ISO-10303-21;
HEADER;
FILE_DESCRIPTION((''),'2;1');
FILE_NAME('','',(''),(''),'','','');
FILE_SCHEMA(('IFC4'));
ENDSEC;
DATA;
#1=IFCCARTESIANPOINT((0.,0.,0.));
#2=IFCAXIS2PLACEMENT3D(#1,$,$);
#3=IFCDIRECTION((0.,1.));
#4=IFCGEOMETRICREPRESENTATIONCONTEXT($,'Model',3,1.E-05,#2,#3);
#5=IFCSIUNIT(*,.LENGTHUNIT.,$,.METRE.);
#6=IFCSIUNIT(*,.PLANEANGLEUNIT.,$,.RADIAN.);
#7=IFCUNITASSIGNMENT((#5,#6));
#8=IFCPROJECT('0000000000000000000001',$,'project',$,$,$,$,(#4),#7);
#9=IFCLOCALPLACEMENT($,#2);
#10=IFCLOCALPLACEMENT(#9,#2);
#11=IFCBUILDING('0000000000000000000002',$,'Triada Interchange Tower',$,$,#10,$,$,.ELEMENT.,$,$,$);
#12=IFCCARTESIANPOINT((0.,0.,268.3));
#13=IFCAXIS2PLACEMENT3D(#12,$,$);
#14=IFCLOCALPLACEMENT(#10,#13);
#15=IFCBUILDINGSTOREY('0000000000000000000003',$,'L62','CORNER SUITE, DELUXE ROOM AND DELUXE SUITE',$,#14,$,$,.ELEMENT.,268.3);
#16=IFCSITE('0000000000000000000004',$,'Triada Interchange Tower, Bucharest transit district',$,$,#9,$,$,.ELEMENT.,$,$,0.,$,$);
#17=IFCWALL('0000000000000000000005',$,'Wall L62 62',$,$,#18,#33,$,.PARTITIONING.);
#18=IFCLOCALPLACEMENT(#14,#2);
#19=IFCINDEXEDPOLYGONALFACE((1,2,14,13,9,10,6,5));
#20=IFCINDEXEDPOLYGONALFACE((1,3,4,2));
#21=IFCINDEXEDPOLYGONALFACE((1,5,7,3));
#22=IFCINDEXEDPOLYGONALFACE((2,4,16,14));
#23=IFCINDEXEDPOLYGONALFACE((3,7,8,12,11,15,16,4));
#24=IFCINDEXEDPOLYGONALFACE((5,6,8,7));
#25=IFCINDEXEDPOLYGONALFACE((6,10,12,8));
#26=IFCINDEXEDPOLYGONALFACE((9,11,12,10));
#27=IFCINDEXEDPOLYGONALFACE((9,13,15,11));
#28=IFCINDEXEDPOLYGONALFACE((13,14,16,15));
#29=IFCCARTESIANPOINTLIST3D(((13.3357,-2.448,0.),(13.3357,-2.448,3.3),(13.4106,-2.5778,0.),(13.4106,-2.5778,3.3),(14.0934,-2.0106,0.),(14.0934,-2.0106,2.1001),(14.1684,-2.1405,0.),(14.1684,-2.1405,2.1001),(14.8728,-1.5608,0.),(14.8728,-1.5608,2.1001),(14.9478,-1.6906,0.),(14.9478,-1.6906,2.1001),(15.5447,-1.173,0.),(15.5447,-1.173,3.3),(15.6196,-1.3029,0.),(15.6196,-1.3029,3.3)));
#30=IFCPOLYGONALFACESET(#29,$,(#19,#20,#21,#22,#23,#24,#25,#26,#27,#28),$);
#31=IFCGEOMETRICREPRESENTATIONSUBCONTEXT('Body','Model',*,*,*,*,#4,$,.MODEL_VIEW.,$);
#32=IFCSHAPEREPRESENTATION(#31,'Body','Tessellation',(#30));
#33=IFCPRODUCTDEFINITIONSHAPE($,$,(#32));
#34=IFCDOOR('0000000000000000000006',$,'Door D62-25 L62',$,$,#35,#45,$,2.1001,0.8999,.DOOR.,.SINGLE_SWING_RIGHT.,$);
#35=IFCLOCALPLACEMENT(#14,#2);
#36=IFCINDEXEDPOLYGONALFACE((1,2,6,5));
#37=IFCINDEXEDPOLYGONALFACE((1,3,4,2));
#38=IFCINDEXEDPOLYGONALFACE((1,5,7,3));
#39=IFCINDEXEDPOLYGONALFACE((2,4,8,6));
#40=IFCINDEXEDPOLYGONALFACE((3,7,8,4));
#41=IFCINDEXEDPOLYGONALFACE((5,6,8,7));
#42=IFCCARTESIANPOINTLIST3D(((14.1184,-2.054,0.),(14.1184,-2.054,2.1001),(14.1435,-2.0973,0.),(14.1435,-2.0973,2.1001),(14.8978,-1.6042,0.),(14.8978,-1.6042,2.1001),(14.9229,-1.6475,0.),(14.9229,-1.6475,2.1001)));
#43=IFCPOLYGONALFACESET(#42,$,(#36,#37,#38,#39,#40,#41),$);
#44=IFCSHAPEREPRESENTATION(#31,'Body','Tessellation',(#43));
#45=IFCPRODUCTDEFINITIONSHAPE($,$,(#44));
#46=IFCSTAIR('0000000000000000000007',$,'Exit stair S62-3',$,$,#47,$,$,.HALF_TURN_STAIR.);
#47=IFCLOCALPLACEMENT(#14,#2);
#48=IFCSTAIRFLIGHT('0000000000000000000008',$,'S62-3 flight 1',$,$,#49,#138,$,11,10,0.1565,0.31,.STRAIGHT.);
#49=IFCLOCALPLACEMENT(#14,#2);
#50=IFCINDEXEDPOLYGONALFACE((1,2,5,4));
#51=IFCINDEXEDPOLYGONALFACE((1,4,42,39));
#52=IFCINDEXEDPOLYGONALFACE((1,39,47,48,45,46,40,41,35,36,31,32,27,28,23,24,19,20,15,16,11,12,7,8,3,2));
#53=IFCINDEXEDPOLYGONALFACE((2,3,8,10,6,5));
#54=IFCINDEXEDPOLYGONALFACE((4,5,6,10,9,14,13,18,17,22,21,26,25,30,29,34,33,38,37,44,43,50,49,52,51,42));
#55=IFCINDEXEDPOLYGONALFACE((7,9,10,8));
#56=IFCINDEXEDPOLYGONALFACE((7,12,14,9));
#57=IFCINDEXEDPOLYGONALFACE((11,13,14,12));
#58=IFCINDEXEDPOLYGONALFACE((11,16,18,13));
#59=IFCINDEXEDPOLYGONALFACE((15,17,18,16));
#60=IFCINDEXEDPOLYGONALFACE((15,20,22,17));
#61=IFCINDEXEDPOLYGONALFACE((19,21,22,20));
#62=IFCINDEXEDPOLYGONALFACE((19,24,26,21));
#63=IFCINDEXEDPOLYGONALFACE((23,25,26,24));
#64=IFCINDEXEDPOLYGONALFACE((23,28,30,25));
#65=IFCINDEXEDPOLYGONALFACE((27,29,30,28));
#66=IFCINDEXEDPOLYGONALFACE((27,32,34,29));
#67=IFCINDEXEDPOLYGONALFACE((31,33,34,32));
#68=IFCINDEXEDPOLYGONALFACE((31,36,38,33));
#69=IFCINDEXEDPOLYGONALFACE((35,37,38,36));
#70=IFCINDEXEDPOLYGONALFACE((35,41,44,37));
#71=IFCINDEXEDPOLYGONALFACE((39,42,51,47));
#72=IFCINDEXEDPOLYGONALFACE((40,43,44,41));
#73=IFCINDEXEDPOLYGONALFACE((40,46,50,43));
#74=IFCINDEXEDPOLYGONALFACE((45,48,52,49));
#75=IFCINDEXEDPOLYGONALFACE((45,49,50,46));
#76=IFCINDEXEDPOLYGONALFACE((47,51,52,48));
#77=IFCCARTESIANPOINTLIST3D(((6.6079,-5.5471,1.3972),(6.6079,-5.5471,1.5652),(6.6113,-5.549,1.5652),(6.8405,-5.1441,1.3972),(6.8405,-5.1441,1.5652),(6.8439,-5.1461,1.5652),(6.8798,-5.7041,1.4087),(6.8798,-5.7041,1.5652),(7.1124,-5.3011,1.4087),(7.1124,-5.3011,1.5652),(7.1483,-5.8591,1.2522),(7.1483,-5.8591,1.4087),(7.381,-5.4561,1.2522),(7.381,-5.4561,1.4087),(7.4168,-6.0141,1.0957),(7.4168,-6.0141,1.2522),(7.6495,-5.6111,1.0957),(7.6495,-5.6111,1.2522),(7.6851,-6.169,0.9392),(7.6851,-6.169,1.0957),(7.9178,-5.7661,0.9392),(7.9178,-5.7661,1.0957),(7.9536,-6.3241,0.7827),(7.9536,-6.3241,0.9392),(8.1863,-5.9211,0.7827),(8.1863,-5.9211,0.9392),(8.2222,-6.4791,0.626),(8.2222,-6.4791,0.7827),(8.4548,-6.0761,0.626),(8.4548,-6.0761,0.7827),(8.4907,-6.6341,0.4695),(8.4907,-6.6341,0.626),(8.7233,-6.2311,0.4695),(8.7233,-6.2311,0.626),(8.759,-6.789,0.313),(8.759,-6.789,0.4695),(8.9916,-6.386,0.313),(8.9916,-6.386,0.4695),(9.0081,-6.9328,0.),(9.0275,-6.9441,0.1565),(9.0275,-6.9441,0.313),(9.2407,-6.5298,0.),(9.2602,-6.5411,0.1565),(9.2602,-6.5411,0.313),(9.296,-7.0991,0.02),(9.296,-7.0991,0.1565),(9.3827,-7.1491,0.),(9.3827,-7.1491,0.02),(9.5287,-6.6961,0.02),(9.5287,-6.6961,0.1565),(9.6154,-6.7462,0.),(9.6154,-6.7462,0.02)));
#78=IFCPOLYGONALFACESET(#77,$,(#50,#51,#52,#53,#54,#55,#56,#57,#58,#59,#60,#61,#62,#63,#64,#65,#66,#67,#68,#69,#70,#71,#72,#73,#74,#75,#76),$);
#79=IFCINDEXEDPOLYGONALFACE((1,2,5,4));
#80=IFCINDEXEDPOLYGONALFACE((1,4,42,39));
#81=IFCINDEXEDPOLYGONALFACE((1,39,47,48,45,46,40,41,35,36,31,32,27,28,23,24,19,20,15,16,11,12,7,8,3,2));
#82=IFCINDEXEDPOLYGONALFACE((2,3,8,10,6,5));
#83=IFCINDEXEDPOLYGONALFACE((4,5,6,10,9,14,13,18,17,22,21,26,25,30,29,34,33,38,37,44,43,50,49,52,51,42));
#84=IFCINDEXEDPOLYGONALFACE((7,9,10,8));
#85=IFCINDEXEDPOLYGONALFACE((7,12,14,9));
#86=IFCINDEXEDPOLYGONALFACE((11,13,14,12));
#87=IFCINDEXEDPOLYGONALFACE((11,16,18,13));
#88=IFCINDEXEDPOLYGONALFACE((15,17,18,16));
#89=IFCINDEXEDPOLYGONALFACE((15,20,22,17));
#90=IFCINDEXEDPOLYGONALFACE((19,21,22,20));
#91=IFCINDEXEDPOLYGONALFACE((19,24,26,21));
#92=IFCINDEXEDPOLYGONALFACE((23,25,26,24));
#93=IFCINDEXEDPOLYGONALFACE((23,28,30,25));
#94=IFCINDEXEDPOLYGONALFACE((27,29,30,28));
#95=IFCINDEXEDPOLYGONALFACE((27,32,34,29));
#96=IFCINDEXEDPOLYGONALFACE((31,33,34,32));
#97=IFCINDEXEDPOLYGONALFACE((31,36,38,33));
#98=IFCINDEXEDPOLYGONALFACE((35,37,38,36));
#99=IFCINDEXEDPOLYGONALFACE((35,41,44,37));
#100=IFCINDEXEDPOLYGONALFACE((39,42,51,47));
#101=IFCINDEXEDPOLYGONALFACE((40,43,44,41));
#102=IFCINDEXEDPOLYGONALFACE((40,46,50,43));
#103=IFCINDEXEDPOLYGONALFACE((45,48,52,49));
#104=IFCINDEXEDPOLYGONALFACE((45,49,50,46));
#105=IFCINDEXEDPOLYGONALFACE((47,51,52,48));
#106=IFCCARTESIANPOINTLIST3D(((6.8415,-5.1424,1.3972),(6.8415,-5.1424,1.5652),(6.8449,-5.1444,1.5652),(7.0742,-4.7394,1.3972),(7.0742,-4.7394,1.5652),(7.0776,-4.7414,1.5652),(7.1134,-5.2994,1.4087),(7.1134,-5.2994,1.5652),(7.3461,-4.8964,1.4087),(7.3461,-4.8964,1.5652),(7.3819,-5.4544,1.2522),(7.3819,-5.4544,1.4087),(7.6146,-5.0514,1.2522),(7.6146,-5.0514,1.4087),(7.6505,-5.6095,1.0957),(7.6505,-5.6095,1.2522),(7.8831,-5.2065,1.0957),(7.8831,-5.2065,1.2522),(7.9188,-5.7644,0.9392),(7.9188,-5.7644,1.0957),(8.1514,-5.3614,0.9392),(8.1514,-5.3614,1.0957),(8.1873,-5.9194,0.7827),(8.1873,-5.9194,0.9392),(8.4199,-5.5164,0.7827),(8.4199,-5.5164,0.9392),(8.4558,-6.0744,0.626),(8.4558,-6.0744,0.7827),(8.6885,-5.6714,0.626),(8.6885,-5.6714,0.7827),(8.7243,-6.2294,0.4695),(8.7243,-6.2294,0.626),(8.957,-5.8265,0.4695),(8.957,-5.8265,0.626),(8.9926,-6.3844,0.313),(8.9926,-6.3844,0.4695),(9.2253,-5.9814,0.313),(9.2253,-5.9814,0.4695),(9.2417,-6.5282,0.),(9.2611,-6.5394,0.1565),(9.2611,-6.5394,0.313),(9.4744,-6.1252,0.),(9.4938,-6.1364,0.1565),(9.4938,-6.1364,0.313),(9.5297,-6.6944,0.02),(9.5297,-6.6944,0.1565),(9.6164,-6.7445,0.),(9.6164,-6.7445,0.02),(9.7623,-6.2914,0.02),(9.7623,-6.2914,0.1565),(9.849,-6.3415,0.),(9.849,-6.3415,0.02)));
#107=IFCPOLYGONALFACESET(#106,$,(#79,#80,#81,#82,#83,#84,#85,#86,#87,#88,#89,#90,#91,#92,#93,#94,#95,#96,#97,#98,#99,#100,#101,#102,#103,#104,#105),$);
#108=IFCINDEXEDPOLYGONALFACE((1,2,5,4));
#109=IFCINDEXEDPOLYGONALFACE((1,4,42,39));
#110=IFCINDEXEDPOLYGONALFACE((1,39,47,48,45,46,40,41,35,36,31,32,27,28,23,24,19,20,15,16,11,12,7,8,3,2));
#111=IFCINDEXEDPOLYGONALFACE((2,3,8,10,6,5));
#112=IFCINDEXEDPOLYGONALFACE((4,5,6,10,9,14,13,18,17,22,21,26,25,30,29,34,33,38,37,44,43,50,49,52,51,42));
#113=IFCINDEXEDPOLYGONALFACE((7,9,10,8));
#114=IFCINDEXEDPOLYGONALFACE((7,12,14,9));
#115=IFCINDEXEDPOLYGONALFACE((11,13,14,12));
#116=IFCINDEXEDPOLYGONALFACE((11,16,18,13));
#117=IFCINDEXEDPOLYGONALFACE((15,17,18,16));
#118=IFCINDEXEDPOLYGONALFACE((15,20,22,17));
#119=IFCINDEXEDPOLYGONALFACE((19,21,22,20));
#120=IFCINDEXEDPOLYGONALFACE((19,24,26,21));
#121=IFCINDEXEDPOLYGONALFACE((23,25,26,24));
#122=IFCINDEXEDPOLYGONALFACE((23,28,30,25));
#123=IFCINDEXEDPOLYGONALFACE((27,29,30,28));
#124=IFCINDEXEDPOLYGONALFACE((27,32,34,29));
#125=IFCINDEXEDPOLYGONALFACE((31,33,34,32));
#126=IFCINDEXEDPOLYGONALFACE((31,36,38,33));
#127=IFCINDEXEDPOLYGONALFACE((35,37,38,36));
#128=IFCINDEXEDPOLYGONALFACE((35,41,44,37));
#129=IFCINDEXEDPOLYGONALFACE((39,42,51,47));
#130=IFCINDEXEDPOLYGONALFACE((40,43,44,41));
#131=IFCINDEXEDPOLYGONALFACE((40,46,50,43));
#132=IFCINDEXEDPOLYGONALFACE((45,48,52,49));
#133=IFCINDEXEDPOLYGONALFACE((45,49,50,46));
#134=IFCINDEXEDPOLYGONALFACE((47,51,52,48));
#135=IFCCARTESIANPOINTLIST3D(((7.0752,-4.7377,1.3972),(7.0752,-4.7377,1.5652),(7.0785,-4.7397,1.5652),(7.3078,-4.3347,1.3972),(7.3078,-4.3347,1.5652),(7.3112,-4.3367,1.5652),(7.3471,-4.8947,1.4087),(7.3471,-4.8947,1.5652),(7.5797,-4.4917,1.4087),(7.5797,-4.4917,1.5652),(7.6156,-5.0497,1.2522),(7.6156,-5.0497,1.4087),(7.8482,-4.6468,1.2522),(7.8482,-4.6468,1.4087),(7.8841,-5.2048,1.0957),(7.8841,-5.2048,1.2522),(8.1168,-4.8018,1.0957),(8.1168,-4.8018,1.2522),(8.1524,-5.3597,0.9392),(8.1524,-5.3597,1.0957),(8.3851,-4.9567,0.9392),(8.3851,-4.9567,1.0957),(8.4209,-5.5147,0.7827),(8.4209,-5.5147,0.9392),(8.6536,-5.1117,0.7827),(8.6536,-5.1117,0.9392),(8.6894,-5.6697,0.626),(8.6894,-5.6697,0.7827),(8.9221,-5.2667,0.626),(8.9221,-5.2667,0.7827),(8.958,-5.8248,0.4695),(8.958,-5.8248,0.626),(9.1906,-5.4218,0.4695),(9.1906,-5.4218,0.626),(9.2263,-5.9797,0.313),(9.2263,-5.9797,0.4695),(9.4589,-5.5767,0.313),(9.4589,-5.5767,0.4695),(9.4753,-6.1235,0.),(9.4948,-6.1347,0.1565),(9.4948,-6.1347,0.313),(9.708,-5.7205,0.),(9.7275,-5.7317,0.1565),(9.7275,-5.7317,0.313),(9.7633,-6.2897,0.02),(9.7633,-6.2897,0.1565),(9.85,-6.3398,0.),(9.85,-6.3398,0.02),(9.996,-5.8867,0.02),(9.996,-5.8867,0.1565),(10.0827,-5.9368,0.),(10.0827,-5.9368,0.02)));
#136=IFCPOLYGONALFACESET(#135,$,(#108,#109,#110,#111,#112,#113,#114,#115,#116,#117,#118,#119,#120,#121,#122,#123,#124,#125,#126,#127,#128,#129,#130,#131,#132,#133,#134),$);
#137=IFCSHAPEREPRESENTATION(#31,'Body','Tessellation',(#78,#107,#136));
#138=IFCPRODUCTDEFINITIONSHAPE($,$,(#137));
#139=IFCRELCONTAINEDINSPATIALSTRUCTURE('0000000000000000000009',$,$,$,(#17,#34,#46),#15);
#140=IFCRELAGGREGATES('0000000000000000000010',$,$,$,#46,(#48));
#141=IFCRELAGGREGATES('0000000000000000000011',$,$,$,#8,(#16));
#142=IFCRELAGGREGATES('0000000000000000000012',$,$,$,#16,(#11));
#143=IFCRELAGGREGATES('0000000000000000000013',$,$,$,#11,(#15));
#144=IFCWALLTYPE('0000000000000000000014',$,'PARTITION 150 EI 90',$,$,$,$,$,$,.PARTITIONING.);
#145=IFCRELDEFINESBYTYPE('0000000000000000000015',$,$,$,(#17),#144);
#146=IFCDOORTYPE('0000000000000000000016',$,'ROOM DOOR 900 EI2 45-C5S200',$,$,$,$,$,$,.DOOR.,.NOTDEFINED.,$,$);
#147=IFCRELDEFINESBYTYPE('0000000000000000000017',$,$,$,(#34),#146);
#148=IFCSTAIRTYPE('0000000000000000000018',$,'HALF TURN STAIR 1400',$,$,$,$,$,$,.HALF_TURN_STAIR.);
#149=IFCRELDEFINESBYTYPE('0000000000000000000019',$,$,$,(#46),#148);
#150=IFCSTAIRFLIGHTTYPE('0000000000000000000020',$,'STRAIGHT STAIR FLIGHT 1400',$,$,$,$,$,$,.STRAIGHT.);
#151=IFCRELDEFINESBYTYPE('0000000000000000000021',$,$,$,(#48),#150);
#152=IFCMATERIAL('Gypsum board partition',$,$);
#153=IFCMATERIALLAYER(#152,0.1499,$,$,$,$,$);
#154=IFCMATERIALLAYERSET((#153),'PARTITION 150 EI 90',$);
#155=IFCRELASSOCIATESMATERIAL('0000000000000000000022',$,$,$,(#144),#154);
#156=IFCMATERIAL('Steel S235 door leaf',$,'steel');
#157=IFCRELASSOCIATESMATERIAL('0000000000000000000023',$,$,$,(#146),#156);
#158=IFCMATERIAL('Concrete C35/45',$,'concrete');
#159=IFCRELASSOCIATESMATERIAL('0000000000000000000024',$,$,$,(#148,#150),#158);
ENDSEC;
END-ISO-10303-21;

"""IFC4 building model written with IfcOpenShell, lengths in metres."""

from ifc_helpers import new_model, si_unit, direction, frame, frame_2d, origin, place, context, subcontext, project, spatial, polyline, rectangle, outline, extrude, material, layer, layer_set, type_object, element, fill, aggregate, save


model = new_model("IFC4")

# Units and contexts
model_context = context("Model", 3, precision=1e-05, world=origin(), true_north=direction((0.0, 1.0)))
body_context = subcontext(model_context, "Body", "Model", "MODEL_VIEW")
ifc_project = project(units=[si_unit("LENGTHUNIT", "METRE"), si_unit("PLANEANGLEUNIT", "RADIAN")], contexts=[model_context])

# Site, building, storey
site_placement = place(None, origin())
site = spatial("IfcSite", under=ifc_project, at=site_placement, Name="Triada Interchange Tower, Bucharest transit district", CompositionType="ELEMENT", RefElevation=0.0)
building_placement = place(site_placement, origin())
building = spatial("IfcBuilding", under=site, at=building_placement, Name="Triada Interchange Tower", CompositionType="ELEMENT")
storey_placement = place(building_placement, frame((0.0, 0.0, 268.3)))
storey = spatial("IfcBuildingStorey", under=building, at=storey_placement, Name="L62", Description="CORNER SUITE, DELUXE ROOM AND DELUXE SUITE", CompositionType="ELEMENT", Elevation=268.3)

# Shared definitions
ifc_material_1 = material(Name="Steel S235 door leaf", Category="steel")

# Wall, opening, door
ifc_material_2 = material(Name="Gypsum board partition")
ifc_layer_1 = layer(ifc_material_2, 0.1499)
ifc_layer_set_1 = layer_set([ifc_layer_1], Name="PARTITION 150 EI 90")
wall_type_1 = type_object("IfcWallType", Name="PARTITION 150 EI 90", PredefinedType="PARTITIONING", material=ifc_layer_set_1)
wall_1_placement = place(storey_placement, frame((13.373, -2.5129, 0.0), z_axis=(0.0, 0.0, 1.0), x_axis=(0.866103, 0.499866, 0.0)))
wall_1 = element("IfcWall", 1, at=wall_1_placement, inside=storey, type_object=wall_type_1, Name="Wall L62 62", PredefinedType="PARTITIONING", context=body_context, shape_type="SweptSolid", body=[
    extrude(rectangle(XDim=2.5505, YDim=0.1499, at=frame_2d((1.2754, 0.0))), origin(), (0.0, 0.0, 1.0), 3.3),
])
opening_1_placement = place(wall_1_placement, frame((0.875, 0.0, 0.0)))
opening_1 = element("IfcOpeningElement", 2, at=opening_1_placement, cuts=wall_1, PredefinedType="OPENING", context=body_context, shape_type="SweptSolid", body=[
    extrude(rectangle(XDim=0.8999, YDim=2.1001, at=frame_2d((0.45, 1.05))), frame((0.0, 0.085, 0.0), z_axis=(0.0, -1.0, 0.0), x_axis=(1.0, 0.0, 0.0)), (0.0, 0.0, 1.0), 0.1699),
])
door_type_1 = type_object("IfcDoorType", Name="ROOM DOOR 900 EI2 45-C5S200", OperationType="NOTDEFINED", PredefinedType="DOOR", material=ifc_material_1)
door_1_placement = place(opening_1_placement, origin())
door_1 = element("IfcDoor", 3, at=door_1_placement, inside=storey, type_object=door_type_1, Name="Door D62-25 L62", OperationType="SINGLE_SWING_RIGHT", OverallHeight=2.1001, OverallWidth=0.8999, PredefinedType="DOOR", context=body_context, shape_type="SweptSolid", body=[
    extrude(rectangle(XDim=0.8999, YDim=2.1001, at=frame_2d((0.45, 1.05))), frame((0.0, 0.0249, 0.0), z_axis=(0.0, -1.0, 0.0), x_axis=(1.0, 0.0, 0.0)), (0.0, 0.0, 1.0), 0.05),
])
fill(opening_1, door_1)

# Stair, stair flight
ifc_material_3 = material(Name="Concrete C35/45", Category="concrete")
stair_type = type_object("IfcStairType", Name="HALF TURN STAIR 1400", PredefinedType="HALF_TURN_STAIR", material=ifc_material_3)
stair_placement = place(storey_placement, origin())
stair = element("IfcStair", 4, at=stair_placement, inside=storey, type_object=stair_type, Name="Exit stair S62-3", PredefinedType="HALF_TURN_STAIR")
stair_flight_type = type_object("IfcStairFlightType", Name="STRAIGHT STAIR FLIGHT 1400", PredefinedType="STRAIGHT", material=ifc_material_3)
stair_flight_1_placement = place(storey_placement, frame((9.646, -6.4929, 0.0), z_axis=(0.0, 0.0, 1.0), x_axis=(-0.866025, 0.5, 0.0)))
stair_flight_1 = element("IfcStairFlight", 5, at=stair_flight_1_placement, type_object=stair_flight_type, Name="S62-3 flight 1", NumberOfRisers=11, NumberOfTreads=10, PredefinedType="STRAIGHT", RiserHeight=0.1565, TreadLength=0.31, context=body_context, shape_type="SweptSolid", body=[
    extrude(outline(polyline([(-0.1001, 0.0), (-0.1001, 0.02), (0.0, 0.02), (0.0, 0.1565), (0.3101, 0.1565), (0.3101, 0.313), (0.6201, 0.313), (0.6201, 0.4695), (0.9299, 0.4695), (0.9299, 0.626), (1.24, 0.626), (1.24, 0.7827), (1.55, 0.7827), (1.55, 0.9392), (1.8601, 0.9392), (1.8601, 1.0957), (2.1699, 1.0957), (2.1699, 1.2522), (2.48, 1.2522), (2.48, 1.4087), (2.79, 1.4087), (2.79, 1.5652), (3.1001, 1.5652), (3.104, 1.5652), (3.104, 1.7217), (3.104, 1.3972), (0.3325, 0.0), (-0.1001, 0.0)])), frame((0.0, 0.7, 0.0), z_axis=(0.0, -1.0, 0.0), x_axis=(1.0, 0.0, 0.0)), (0.0, 0.0, 1.0), 0.4653),
    extrude(outline(polyline([(-0.1001, 0.0), (-0.1001, 0.02), (0.0, 0.02), (0.0, 0.1565), (0.3101, 0.1565), (0.3101, 0.313), (0.6201, 0.313), (0.6201, 0.4695), (0.9299, 0.4695), (0.9299, 0.626), (1.24, 0.626), (1.24, 0.7827), (1.55, 0.7827), (1.55, 0.9392), (1.8601, 0.9392), (1.8601, 1.0957), (2.1699, 1.0957), (2.1699, 1.2522), (2.48, 1.2522), (2.48, 1.4087), (2.79, 1.4087), (2.79, 1.5652), (3.1001, 1.5652), (3.104, 1.5652), (3.104, 1.7217), (3.104, 1.3972), (0.3325, 0.0), (-0.1001, 0.0)])), frame((0.0, 0.2327, 0.0), z_axis=(0.0, -1.0, 0.0), x_axis=(1.0, 0.0, 0.0)), (0.0, 0.0, 1.0), 0.4653),
    extrude(outline(polyline([(-0.1001, 0.0), (-0.1001, 0.02), (0.0, 0.02), (0.0, 0.1565), (0.3101, 0.1565), (0.3101, 0.313), (0.6201, 0.313), (0.6201, 0.4695), (0.9299, 0.4695), (0.9299, 0.626), (1.24, 0.626), (1.24, 0.7827), (1.55, 0.7827), (1.55, 0.9392), (1.8601, 0.9392), (1.8601, 1.0957), (2.1699, 1.0957), (2.1699, 1.2522), (2.48, 1.2522), (2.48, 1.4087), (2.79, 1.4087), (2.79, 1.5652), (3.1001, 1.5652), (3.104, 1.5652), (3.104, 1.7217), (3.104, 1.3972), (0.3325, 0.0), (-0.1001, 0.0)])), frame((0.0, -0.2346, 0.0), z_axis=(0.0, -1.0, 0.0), x_axis=(1.0, 0.0, 0.0)), (0.0, 0.0, 1.0), 0.4653),
])
aggregate(stair, [stair_flight_1])

save(model, "model.ifc")
